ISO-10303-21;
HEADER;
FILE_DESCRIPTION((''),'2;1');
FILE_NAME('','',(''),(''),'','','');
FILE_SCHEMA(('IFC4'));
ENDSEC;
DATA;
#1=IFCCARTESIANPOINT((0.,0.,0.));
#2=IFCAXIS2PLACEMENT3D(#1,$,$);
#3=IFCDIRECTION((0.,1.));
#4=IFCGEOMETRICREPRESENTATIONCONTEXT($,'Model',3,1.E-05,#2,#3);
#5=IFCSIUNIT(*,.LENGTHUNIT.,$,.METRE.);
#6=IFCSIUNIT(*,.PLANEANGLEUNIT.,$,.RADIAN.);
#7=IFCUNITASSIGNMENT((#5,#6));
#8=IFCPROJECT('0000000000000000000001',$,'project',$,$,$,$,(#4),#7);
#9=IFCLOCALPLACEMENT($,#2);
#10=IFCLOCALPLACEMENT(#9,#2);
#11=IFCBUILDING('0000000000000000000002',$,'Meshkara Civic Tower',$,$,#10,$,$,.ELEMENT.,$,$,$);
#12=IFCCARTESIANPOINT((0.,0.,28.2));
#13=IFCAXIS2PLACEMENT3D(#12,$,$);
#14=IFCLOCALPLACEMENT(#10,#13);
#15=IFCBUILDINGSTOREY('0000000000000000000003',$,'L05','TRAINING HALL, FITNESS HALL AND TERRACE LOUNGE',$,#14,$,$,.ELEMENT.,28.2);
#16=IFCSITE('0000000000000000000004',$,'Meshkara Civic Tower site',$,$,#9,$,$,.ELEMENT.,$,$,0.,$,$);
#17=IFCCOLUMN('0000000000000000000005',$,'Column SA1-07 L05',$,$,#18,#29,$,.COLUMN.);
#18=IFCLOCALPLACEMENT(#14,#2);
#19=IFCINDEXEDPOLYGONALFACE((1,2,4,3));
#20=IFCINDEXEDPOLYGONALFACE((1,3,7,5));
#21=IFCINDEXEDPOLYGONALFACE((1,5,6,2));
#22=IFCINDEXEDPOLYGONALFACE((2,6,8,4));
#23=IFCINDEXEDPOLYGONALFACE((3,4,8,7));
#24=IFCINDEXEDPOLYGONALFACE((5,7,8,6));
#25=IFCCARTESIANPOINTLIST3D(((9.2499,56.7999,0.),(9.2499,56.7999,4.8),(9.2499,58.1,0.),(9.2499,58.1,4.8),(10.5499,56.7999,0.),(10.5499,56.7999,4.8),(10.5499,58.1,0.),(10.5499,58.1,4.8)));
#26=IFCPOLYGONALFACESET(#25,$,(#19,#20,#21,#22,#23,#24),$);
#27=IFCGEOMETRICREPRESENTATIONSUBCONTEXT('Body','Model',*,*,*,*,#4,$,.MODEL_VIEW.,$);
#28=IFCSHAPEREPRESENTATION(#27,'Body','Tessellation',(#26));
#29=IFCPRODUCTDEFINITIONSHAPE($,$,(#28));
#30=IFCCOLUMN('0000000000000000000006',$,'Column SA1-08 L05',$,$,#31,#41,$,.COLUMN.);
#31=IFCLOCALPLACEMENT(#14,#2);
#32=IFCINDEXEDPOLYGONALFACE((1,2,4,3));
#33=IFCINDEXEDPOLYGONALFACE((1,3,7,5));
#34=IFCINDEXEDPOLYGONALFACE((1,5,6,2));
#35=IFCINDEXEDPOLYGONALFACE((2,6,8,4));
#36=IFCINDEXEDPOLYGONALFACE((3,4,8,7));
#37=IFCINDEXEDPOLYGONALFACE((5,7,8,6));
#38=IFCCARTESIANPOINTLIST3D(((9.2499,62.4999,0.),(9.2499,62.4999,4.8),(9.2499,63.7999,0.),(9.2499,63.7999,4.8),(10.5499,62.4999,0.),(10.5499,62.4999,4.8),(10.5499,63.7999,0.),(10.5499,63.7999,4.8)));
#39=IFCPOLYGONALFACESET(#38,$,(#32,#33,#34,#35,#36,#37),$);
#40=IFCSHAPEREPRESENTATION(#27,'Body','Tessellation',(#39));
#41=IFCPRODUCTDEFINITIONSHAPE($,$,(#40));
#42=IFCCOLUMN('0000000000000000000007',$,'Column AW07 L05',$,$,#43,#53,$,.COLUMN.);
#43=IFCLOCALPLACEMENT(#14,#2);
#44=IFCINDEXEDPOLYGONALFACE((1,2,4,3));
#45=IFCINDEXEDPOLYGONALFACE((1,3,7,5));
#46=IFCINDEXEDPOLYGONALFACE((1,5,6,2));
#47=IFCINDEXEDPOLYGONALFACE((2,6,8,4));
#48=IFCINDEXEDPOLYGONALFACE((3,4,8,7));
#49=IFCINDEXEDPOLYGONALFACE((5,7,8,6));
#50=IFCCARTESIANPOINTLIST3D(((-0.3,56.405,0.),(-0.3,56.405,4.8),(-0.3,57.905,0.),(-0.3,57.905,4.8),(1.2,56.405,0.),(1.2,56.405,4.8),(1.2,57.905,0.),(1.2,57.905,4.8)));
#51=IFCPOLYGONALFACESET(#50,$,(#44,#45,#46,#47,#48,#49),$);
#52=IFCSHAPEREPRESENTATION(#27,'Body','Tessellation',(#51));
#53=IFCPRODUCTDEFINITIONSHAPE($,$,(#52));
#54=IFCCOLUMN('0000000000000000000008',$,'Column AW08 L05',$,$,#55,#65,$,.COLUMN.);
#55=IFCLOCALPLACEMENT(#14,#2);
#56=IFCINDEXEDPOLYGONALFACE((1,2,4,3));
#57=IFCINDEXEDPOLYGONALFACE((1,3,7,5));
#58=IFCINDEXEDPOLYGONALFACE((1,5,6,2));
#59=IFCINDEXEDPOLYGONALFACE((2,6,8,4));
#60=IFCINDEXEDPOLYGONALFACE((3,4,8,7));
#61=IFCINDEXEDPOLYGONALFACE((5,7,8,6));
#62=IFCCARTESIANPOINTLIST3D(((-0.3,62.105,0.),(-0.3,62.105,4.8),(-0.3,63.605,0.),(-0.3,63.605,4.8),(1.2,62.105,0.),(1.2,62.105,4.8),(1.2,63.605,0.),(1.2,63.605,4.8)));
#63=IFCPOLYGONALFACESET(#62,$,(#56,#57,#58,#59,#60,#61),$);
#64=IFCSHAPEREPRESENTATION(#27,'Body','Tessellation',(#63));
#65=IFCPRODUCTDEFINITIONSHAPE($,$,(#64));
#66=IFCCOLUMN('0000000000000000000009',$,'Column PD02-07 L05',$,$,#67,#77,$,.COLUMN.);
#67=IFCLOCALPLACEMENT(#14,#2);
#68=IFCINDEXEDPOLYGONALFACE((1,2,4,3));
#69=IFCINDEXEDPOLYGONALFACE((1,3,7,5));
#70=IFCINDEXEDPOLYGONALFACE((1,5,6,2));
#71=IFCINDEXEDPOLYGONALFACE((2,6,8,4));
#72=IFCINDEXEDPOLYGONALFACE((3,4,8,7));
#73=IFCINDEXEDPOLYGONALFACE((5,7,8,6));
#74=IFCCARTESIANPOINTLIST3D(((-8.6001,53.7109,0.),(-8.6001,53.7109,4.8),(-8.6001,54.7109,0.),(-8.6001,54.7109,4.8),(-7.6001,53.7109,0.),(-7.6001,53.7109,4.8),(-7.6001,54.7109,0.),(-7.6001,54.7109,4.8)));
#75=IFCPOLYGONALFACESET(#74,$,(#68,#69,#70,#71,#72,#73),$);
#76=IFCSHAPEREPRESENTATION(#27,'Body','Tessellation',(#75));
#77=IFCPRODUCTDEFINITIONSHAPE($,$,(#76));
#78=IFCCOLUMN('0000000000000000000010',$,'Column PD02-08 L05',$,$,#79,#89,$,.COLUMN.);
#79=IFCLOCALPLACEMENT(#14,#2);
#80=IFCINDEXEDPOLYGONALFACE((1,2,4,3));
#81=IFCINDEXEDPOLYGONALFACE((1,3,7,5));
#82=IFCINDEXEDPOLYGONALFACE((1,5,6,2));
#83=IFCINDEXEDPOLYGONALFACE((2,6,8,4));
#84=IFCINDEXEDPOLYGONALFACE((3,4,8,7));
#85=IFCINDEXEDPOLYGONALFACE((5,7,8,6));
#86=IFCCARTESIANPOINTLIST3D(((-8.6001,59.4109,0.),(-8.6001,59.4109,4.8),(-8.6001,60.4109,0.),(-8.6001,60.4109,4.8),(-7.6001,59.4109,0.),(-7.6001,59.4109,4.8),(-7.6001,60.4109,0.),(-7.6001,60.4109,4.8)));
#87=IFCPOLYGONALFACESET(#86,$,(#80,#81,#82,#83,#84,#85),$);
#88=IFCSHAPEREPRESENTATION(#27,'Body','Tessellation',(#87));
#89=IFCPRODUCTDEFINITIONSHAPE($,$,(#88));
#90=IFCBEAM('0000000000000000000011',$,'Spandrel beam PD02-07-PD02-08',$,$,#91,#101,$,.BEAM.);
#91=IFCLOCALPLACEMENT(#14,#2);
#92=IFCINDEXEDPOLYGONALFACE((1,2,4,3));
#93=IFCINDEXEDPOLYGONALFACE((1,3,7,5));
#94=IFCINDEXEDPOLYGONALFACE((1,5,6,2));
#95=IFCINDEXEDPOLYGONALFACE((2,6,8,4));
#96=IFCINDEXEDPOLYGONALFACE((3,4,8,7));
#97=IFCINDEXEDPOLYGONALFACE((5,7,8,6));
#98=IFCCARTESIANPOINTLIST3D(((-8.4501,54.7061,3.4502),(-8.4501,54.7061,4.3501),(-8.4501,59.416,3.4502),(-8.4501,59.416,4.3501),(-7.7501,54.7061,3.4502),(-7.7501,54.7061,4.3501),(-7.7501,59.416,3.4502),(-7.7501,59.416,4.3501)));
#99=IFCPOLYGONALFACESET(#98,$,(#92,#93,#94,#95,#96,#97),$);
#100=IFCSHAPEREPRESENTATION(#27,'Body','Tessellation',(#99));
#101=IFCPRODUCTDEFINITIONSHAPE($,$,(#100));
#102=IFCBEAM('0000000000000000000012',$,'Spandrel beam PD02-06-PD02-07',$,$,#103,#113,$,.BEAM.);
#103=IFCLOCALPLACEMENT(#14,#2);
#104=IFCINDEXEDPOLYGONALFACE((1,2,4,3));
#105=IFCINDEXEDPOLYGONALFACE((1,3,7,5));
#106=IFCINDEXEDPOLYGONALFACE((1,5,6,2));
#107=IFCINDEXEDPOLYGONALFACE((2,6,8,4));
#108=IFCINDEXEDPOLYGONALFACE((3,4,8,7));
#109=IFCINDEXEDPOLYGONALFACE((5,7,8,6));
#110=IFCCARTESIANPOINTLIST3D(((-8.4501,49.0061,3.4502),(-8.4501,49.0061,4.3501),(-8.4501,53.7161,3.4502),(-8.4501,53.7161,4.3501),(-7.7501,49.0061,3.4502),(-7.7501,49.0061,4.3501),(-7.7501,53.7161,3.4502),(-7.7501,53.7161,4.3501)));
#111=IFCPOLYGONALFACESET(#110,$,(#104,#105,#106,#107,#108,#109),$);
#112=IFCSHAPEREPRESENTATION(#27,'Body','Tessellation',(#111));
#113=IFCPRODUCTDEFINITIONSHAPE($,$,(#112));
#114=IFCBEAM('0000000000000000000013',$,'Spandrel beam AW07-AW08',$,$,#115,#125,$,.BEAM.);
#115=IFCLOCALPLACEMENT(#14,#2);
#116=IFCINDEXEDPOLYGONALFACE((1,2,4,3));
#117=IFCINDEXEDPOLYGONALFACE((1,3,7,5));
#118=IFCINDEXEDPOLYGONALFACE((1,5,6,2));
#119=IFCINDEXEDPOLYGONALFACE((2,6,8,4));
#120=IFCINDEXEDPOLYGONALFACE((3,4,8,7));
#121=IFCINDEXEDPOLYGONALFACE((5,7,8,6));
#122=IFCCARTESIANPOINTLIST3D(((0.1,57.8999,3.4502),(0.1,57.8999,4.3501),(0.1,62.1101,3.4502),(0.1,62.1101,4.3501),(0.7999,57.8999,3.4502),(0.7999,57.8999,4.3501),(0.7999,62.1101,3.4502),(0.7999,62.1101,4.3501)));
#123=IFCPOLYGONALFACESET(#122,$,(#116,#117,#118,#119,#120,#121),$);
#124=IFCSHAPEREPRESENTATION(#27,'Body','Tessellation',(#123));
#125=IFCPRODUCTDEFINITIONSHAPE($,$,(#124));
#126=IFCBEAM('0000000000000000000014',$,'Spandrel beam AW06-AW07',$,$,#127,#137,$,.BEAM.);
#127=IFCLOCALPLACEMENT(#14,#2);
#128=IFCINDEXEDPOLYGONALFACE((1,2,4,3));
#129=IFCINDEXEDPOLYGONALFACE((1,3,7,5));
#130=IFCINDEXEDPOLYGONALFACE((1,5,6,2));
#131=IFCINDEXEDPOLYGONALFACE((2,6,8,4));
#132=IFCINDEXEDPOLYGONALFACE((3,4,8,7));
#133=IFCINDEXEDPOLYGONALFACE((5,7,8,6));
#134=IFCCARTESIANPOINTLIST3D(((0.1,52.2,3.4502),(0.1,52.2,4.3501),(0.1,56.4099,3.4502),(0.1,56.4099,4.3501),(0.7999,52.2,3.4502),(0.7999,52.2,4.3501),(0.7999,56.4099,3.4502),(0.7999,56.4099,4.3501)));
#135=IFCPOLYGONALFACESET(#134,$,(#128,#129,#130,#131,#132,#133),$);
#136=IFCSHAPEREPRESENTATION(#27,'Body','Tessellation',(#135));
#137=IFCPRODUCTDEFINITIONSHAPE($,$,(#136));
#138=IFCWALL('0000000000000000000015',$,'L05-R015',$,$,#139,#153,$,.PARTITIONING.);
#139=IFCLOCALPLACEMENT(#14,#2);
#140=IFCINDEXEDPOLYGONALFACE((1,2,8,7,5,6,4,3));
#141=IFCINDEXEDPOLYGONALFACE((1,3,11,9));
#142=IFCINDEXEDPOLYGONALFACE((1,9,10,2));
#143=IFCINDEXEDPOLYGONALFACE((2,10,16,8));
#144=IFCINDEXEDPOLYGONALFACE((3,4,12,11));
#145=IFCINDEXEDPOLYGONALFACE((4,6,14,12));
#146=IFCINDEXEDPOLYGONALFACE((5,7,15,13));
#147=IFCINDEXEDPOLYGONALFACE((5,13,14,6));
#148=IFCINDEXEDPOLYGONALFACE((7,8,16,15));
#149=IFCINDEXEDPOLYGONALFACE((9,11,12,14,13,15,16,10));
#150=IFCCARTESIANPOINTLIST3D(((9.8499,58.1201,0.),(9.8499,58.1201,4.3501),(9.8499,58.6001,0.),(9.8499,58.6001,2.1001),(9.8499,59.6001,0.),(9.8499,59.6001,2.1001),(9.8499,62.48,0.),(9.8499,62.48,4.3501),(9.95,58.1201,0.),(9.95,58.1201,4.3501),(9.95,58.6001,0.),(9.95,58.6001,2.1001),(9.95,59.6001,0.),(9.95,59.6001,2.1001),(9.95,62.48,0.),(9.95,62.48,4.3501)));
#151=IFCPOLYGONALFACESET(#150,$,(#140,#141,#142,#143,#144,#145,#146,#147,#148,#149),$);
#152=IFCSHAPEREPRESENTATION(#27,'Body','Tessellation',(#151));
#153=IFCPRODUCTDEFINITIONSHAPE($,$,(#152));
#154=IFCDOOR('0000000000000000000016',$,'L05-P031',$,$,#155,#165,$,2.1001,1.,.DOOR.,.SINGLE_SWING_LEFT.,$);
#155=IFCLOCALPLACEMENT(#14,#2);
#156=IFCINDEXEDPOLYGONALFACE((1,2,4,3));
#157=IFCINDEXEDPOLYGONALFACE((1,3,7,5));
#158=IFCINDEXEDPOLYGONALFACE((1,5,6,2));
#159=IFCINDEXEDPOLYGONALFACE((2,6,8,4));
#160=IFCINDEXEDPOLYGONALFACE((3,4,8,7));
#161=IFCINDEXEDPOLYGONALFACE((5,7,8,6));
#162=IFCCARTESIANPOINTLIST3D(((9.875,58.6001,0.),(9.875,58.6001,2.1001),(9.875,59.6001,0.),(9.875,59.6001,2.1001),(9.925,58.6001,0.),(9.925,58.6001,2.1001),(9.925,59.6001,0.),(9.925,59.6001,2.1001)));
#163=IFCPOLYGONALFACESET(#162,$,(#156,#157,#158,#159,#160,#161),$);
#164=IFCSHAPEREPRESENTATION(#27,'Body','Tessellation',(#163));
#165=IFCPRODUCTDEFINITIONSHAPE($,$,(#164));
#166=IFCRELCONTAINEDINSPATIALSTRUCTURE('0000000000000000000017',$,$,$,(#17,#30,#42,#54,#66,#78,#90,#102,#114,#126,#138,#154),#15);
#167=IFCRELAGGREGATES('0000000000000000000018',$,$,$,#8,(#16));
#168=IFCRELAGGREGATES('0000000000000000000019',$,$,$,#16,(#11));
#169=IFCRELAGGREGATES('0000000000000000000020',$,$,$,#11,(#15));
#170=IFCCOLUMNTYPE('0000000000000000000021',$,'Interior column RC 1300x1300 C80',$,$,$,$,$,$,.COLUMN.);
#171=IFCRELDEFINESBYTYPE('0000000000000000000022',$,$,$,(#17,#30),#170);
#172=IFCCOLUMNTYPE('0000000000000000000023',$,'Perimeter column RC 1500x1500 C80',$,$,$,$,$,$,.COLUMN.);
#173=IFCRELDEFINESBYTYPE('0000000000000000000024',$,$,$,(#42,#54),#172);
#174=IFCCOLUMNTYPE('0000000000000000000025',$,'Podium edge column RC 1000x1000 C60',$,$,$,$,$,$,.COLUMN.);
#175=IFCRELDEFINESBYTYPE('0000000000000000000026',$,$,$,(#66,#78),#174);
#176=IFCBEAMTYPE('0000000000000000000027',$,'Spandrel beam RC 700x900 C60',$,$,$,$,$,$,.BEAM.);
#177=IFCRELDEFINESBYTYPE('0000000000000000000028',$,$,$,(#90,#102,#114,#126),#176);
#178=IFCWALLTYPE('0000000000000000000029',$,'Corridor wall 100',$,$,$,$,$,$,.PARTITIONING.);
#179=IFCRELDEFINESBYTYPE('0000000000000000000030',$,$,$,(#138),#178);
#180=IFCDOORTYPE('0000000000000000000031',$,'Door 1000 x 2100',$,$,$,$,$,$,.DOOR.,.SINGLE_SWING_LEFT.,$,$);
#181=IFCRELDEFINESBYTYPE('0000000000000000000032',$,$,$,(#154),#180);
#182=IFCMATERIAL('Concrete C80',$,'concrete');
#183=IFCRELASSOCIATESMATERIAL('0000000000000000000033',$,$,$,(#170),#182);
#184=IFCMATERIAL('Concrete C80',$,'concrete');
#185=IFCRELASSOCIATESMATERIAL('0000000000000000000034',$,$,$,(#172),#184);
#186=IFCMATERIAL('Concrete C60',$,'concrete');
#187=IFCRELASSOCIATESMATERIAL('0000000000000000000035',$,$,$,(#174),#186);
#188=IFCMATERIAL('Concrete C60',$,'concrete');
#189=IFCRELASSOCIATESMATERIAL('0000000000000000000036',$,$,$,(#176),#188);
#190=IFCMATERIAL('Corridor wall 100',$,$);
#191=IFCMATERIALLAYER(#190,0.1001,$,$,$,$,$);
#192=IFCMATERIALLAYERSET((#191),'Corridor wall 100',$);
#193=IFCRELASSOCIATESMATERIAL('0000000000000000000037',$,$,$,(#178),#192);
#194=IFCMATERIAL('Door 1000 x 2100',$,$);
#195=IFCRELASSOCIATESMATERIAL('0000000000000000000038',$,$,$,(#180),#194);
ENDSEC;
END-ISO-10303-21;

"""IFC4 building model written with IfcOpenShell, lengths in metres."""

from ifc_helpers import new_model, si_unit, direction, frame, frame_2d, origin, origin_2d, place, context, subcontext, project, spatial, rectangle, extrude, material, layer, layer_set, material_profile, profile_set, type_object, element, fill, save


model = new_model("IFC4")

# Units and contexts
model_context = context("Model", 3, precision=1e-05, world=origin(), true_north=direction((0.0, 1.0)))
body_context = subcontext(model_context, "Body", "Model", "MODEL_VIEW")
ifc_project = project(units=[si_unit("LENGTHUNIT", "METRE"), si_unit("PLANEANGLEUNIT", "RADIAN")], contexts=[model_context])

# Site, building, storey
site_placement = place(None, origin())
site = spatial("IfcSite", under=ifc_project, at=site_placement, Name="Meshkara Civic Tower site", CompositionType="ELEMENT", RefElevation=0.0)
building_placement = place(site_placement, origin())
building = spatial("IfcBuilding", under=site, at=building_placement, Name="Meshkara Civic Tower", CompositionType="ELEMENT")
storey_placement = place(building_placement, frame((0.0, 0.0, 28.2)))
storey = spatial("IfcBuildingStorey", under=building, at=storey_placement, Name="L05", Description="TRAINING HALL, FITNESS HALL AND TERRACE LOUNGE", CompositionType="ELEMENT", Elevation=28.2)

# Columns
ifc_material_1 = material(Name="Concrete C80", Category="concrete")
ifc_material_profile_1 = material_profile(ifc_material_1, rectangle(XDim=1.3, YDim=1.3, at=origin_2d()))
ifc_profile_set_1 = profile_set([ifc_material_profile_1], Name="Concrete C80")
column_type_1 = type_object("IfcColumnType", Name="Interior column RC 1300x1300 C80", PredefinedType="COLUMN", material=ifc_profile_set_1)
for number, where, z_axis, x_axis, name in (
    (1, (9.8999, 57.45, 0.0), (0.0, 0.0, 1.0), (1.0, 0.0, 0.0), "Column SA1-07 L05"),
    (2, (9.8999, 63.1499, 0.0), (0.0, 0.0, 1.0), (1.0, 0.0, 0.0), "Column SA1-08 L05"),
):
    element("IfcColumn", number, at=place(storey_placement, frame(where, z_axis=z_axis, x_axis=x_axis)), inside=storey, type_object=column_type_1, Name=name, PredefinedType="COLUMN", context=body_context, shape_type="SweptSolid", body=[
        extrude(rectangle(XDim=1.3, YDim=1.3, at=origin_2d()), origin(), (0.0, 0.0, 1.0), 4.8),
    ])
ifc_material_2 = material(Name="Concrete C80", Category="concrete")
ifc_material_profile_2 = material_profile(ifc_material_2, rectangle(XDim=1.5, YDim=1.5, at=origin_2d()))
ifc_profile_set_2 = profile_set([ifc_material_profile_2], Name="Concrete C80")
column_type_2 = type_object("IfcColumnType", Name="Perimeter column RC 1500x1500 C80", PredefinedType="COLUMN", material=ifc_profile_set_2)
for number, where, z_axis, x_axis, name in (
    (3, (0.45, 57.155, 0.0), (0.0, 0.0, 1.0), (1.0, 0.0, 0.0), "Column AW07 L05"),
    (4, (0.45, 62.855, 0.0), (0.0, 0.0, 1.0), (1.0, 0.0, 0.0), "Column AW08 L05"),
):
    element("IfcColumn", number, at=place(storey_placement, frame(where, z_axis=z_axis, x_axis=x_axis)), inside=storey, type_object=column_type_2, Name=name, PredefinedType="COLUMN", context=body_context, shape_type="SweptSolid", body=[
        extrude(rectangle(XDim=1.5, YDim=1.5, at=origin_2d()), origin(), (0.0, 0.0, 1.0), 4.8),
    ])
ifc_material_3 = material(Name="Concrete C60", Category="concrete")
ifc_material_profile_3 = material_profile(ifc_material_3, rectangle(XDim=1.0, YDim=1.0, at=origin_2d()))
ifc_profile_set_3 = profile_set([ifc_material_profile_3], Name="Concrete C60")
column_type_3 = type_object("IfcColumnType", Name="Podium edge column RC 1000x1000 C60", PredefinedType="COLUMN", material=ifc_profile_set_3)
for number, where, z_axis, x_axis, name in (
    (5, (-8.1001, 54.2109, 0.0), (0.0, 0.0, 1.0), (1.0, 0.0, 0.0), "Column PD02-07 L05"),
    (6, (-8.1001, 59.9109, 0.0), (0.0, 0.0, 1.0), (1.0, 0.0, 0.0), "Column PD02-08 L05"),
):
    element("IfcColumn", number, at=place(storey_placement, frame(where, z_axis=z_axis, x_axis=x_axis)), inside=storey, type_object=column_type_3, Name=name, PredefinedType="COLUMN", context=body_context, shape_type="SweptSolid", body=[
        extrude(rectangle(XDim=1.0, YDim=1.0, at=origin_2d()), origin(), (0.0, 0.0, 1.0), 4.8),
    ])

# Beams
ifc_material_4 = material(Name="Concrete C60", Category="concrete")
ifc_material_profile_4 = material_profile(ifc_material_4, rectangle(XDim=0.7, YDim=0.8999, at=origin_2d()))
ifc_profile_set_4 = profile_set([ifc_material_profile_4], Name="Concrete C60")
beam_type = type_object("IfcBeamType", Name="Spandrel beam RC 700x900 C60", PredefinedType="BEAM", material=ifc_profile_set_4)
for number, where, z_axis, x_axis, name in (
    (7, (-8.1001, 59.416, 3.9001), (0.0, -1.0, 0.0), (1.0, 0.0, 0.0), "Spandrel beam PD02-07-PD02-08"),
    (8, (-8.1001, 53.7161, 3.9001), (0.0, -1.0, 0.0), (1.0, 0.0, 0.0), "Spandrel beam PD02-06-PD02-07"),
):
    element("IfcBeam", number, at=place(storey_placement, frame(where, z_axis=z_axis, x_axis=x_axis)), inside=storey, type_object=beam_type, Name=name, PredefinedType="BEAM", context=body_context, shape_type="SweptSolid", body=[
        extrude(rectangle(XDim=0.7, YDim=0.8999, at=origin_2d()), origin(), (0.0, 0.0, 1.0), 4.71),
    ])
beam_1_placement = place(storey_placement, frame((0.45, 62.1101, 3.9001), z_axis=(0.0, -1.0, 0.0), x_axis=(1.0, 0.0, 0.0)))
element("IfcBeam", 9, at=beam_1_placement, inside=storey, type_object=beam_type, Name="Spandrel beam AW07-AW08", PredefinedType="BEAM", context=body_context, shape_type="SweptSolid", body=[
    extrude(rectangle(XDim=0.7, YDim=0.8999, at=origin_2d()), origin(), (0.0, 0.0, 1.0), 4.2102),
])
beam_2_placement = place(storey_placement, frame((0.45, 56.4099, 3.9001), z_axis=(0.0, -1.0, 0.0), x_axis=(1.0, 0.0, 0.0)))
element("IfcBeam", 10, at=beam_2_placement, inside=storey, type_object=beam_type, Name="Spandrel beam AW06-AW07", PredefinedType="BEAM", context=body_context, shape_type="SweptSolid", body=[
    extrude(rectangle(XDim=0.7, YDim=0.8999, at=origin_2d()), origin(), (0.0, 0.0, 1.0), 4.21),
])

# Wall, opening, door
ifc_material_5 = material(Name="Corridor wall 100")
ifc_layer_1 = layer(ifc_material_5, 0.1001)
ifc_layer_set_1 = layer_set([ifc_layer_1], Name="Corridor wall 100")
wall_type_1 = type_object("IfcWallType", Name="Corridor wall 100", PredefinedType="PARTITIONING", material=ifc_layer_set_1)
wall_1_placement = place(storey_placement, frame((9.8999, 58.1201, 0.0), z_axis=(0.0, 0.0, 1.0), x_axis=(0.0, 1.0, 0.0)))
wall_1 = element("IfcWall", 11, at=wall_1_placement, inside=storey, type_object=wall_type_1, Name="L05-R015", PredefinedType="PARTITIONING", context=body_context, shape_type="SweptSolid", body=[
    extrude(rectangle(XDim=4.3599, YDim=0.1001, at=frame_2d((2.1799, 0.0))), origin(), (0.0, 0.0, 1.0), 4.3501),
])
opening_1_placement = place(wall_1_placement, frame((0.48, 0.0, 0.0)))
opening_1 = element("IfcOpeningElement", 12, at=opening_1_placement, cuts=wall_1, PredefinedType="OPENING", context=body_context, shape_type="SweptSolid", body=[
    extrude(rectangle(XDim=1.0, YDim=2.1001, at=frame_2d((0.5, 1.05))), frame((0.0, 0.0601, 0.0), z_axis=(0.0, -1.0, 0.0), x_axis=(1.0, 0.0, 0.0)), (0.0, 0.0, 1.0), 0.1201),
])
ifc_material_6 = material(Name="Door 1000 x 2100")
door_type = type_object("IfcDoorType", Name="Door 1000 x 2100", OperationType="SINGLE_SWING_LEFT", PredefinedType="DOOR", material=ifc_material_6)
door_placement = place(opening_1_placement, origin())
door = element("IfcDoor", 13, at=door_placement, inside=storey, type_object=door_type, Name="L05-P031", OperationType="SINGLE_SWING_LEFT", OverallHeight=2.1001, OverallWidth=1.0, PredefinedType="DOOR", context=body_context, shape_type="SweptSolid", body=[
    extrude(rectangle(XDim=1.0, YDim=2.1001, at=frame_2d((0.5, 1.05))), frame((0.0, 0.0249, 0.0), z_axis=(0.0, -1.0, 0.0), x_axis=(1.0, 0.0, 0.0)), (0.0, 0.0, 1.0), 0.05),
])
fill(opening_1, door)

save(model, "model.ifc")
